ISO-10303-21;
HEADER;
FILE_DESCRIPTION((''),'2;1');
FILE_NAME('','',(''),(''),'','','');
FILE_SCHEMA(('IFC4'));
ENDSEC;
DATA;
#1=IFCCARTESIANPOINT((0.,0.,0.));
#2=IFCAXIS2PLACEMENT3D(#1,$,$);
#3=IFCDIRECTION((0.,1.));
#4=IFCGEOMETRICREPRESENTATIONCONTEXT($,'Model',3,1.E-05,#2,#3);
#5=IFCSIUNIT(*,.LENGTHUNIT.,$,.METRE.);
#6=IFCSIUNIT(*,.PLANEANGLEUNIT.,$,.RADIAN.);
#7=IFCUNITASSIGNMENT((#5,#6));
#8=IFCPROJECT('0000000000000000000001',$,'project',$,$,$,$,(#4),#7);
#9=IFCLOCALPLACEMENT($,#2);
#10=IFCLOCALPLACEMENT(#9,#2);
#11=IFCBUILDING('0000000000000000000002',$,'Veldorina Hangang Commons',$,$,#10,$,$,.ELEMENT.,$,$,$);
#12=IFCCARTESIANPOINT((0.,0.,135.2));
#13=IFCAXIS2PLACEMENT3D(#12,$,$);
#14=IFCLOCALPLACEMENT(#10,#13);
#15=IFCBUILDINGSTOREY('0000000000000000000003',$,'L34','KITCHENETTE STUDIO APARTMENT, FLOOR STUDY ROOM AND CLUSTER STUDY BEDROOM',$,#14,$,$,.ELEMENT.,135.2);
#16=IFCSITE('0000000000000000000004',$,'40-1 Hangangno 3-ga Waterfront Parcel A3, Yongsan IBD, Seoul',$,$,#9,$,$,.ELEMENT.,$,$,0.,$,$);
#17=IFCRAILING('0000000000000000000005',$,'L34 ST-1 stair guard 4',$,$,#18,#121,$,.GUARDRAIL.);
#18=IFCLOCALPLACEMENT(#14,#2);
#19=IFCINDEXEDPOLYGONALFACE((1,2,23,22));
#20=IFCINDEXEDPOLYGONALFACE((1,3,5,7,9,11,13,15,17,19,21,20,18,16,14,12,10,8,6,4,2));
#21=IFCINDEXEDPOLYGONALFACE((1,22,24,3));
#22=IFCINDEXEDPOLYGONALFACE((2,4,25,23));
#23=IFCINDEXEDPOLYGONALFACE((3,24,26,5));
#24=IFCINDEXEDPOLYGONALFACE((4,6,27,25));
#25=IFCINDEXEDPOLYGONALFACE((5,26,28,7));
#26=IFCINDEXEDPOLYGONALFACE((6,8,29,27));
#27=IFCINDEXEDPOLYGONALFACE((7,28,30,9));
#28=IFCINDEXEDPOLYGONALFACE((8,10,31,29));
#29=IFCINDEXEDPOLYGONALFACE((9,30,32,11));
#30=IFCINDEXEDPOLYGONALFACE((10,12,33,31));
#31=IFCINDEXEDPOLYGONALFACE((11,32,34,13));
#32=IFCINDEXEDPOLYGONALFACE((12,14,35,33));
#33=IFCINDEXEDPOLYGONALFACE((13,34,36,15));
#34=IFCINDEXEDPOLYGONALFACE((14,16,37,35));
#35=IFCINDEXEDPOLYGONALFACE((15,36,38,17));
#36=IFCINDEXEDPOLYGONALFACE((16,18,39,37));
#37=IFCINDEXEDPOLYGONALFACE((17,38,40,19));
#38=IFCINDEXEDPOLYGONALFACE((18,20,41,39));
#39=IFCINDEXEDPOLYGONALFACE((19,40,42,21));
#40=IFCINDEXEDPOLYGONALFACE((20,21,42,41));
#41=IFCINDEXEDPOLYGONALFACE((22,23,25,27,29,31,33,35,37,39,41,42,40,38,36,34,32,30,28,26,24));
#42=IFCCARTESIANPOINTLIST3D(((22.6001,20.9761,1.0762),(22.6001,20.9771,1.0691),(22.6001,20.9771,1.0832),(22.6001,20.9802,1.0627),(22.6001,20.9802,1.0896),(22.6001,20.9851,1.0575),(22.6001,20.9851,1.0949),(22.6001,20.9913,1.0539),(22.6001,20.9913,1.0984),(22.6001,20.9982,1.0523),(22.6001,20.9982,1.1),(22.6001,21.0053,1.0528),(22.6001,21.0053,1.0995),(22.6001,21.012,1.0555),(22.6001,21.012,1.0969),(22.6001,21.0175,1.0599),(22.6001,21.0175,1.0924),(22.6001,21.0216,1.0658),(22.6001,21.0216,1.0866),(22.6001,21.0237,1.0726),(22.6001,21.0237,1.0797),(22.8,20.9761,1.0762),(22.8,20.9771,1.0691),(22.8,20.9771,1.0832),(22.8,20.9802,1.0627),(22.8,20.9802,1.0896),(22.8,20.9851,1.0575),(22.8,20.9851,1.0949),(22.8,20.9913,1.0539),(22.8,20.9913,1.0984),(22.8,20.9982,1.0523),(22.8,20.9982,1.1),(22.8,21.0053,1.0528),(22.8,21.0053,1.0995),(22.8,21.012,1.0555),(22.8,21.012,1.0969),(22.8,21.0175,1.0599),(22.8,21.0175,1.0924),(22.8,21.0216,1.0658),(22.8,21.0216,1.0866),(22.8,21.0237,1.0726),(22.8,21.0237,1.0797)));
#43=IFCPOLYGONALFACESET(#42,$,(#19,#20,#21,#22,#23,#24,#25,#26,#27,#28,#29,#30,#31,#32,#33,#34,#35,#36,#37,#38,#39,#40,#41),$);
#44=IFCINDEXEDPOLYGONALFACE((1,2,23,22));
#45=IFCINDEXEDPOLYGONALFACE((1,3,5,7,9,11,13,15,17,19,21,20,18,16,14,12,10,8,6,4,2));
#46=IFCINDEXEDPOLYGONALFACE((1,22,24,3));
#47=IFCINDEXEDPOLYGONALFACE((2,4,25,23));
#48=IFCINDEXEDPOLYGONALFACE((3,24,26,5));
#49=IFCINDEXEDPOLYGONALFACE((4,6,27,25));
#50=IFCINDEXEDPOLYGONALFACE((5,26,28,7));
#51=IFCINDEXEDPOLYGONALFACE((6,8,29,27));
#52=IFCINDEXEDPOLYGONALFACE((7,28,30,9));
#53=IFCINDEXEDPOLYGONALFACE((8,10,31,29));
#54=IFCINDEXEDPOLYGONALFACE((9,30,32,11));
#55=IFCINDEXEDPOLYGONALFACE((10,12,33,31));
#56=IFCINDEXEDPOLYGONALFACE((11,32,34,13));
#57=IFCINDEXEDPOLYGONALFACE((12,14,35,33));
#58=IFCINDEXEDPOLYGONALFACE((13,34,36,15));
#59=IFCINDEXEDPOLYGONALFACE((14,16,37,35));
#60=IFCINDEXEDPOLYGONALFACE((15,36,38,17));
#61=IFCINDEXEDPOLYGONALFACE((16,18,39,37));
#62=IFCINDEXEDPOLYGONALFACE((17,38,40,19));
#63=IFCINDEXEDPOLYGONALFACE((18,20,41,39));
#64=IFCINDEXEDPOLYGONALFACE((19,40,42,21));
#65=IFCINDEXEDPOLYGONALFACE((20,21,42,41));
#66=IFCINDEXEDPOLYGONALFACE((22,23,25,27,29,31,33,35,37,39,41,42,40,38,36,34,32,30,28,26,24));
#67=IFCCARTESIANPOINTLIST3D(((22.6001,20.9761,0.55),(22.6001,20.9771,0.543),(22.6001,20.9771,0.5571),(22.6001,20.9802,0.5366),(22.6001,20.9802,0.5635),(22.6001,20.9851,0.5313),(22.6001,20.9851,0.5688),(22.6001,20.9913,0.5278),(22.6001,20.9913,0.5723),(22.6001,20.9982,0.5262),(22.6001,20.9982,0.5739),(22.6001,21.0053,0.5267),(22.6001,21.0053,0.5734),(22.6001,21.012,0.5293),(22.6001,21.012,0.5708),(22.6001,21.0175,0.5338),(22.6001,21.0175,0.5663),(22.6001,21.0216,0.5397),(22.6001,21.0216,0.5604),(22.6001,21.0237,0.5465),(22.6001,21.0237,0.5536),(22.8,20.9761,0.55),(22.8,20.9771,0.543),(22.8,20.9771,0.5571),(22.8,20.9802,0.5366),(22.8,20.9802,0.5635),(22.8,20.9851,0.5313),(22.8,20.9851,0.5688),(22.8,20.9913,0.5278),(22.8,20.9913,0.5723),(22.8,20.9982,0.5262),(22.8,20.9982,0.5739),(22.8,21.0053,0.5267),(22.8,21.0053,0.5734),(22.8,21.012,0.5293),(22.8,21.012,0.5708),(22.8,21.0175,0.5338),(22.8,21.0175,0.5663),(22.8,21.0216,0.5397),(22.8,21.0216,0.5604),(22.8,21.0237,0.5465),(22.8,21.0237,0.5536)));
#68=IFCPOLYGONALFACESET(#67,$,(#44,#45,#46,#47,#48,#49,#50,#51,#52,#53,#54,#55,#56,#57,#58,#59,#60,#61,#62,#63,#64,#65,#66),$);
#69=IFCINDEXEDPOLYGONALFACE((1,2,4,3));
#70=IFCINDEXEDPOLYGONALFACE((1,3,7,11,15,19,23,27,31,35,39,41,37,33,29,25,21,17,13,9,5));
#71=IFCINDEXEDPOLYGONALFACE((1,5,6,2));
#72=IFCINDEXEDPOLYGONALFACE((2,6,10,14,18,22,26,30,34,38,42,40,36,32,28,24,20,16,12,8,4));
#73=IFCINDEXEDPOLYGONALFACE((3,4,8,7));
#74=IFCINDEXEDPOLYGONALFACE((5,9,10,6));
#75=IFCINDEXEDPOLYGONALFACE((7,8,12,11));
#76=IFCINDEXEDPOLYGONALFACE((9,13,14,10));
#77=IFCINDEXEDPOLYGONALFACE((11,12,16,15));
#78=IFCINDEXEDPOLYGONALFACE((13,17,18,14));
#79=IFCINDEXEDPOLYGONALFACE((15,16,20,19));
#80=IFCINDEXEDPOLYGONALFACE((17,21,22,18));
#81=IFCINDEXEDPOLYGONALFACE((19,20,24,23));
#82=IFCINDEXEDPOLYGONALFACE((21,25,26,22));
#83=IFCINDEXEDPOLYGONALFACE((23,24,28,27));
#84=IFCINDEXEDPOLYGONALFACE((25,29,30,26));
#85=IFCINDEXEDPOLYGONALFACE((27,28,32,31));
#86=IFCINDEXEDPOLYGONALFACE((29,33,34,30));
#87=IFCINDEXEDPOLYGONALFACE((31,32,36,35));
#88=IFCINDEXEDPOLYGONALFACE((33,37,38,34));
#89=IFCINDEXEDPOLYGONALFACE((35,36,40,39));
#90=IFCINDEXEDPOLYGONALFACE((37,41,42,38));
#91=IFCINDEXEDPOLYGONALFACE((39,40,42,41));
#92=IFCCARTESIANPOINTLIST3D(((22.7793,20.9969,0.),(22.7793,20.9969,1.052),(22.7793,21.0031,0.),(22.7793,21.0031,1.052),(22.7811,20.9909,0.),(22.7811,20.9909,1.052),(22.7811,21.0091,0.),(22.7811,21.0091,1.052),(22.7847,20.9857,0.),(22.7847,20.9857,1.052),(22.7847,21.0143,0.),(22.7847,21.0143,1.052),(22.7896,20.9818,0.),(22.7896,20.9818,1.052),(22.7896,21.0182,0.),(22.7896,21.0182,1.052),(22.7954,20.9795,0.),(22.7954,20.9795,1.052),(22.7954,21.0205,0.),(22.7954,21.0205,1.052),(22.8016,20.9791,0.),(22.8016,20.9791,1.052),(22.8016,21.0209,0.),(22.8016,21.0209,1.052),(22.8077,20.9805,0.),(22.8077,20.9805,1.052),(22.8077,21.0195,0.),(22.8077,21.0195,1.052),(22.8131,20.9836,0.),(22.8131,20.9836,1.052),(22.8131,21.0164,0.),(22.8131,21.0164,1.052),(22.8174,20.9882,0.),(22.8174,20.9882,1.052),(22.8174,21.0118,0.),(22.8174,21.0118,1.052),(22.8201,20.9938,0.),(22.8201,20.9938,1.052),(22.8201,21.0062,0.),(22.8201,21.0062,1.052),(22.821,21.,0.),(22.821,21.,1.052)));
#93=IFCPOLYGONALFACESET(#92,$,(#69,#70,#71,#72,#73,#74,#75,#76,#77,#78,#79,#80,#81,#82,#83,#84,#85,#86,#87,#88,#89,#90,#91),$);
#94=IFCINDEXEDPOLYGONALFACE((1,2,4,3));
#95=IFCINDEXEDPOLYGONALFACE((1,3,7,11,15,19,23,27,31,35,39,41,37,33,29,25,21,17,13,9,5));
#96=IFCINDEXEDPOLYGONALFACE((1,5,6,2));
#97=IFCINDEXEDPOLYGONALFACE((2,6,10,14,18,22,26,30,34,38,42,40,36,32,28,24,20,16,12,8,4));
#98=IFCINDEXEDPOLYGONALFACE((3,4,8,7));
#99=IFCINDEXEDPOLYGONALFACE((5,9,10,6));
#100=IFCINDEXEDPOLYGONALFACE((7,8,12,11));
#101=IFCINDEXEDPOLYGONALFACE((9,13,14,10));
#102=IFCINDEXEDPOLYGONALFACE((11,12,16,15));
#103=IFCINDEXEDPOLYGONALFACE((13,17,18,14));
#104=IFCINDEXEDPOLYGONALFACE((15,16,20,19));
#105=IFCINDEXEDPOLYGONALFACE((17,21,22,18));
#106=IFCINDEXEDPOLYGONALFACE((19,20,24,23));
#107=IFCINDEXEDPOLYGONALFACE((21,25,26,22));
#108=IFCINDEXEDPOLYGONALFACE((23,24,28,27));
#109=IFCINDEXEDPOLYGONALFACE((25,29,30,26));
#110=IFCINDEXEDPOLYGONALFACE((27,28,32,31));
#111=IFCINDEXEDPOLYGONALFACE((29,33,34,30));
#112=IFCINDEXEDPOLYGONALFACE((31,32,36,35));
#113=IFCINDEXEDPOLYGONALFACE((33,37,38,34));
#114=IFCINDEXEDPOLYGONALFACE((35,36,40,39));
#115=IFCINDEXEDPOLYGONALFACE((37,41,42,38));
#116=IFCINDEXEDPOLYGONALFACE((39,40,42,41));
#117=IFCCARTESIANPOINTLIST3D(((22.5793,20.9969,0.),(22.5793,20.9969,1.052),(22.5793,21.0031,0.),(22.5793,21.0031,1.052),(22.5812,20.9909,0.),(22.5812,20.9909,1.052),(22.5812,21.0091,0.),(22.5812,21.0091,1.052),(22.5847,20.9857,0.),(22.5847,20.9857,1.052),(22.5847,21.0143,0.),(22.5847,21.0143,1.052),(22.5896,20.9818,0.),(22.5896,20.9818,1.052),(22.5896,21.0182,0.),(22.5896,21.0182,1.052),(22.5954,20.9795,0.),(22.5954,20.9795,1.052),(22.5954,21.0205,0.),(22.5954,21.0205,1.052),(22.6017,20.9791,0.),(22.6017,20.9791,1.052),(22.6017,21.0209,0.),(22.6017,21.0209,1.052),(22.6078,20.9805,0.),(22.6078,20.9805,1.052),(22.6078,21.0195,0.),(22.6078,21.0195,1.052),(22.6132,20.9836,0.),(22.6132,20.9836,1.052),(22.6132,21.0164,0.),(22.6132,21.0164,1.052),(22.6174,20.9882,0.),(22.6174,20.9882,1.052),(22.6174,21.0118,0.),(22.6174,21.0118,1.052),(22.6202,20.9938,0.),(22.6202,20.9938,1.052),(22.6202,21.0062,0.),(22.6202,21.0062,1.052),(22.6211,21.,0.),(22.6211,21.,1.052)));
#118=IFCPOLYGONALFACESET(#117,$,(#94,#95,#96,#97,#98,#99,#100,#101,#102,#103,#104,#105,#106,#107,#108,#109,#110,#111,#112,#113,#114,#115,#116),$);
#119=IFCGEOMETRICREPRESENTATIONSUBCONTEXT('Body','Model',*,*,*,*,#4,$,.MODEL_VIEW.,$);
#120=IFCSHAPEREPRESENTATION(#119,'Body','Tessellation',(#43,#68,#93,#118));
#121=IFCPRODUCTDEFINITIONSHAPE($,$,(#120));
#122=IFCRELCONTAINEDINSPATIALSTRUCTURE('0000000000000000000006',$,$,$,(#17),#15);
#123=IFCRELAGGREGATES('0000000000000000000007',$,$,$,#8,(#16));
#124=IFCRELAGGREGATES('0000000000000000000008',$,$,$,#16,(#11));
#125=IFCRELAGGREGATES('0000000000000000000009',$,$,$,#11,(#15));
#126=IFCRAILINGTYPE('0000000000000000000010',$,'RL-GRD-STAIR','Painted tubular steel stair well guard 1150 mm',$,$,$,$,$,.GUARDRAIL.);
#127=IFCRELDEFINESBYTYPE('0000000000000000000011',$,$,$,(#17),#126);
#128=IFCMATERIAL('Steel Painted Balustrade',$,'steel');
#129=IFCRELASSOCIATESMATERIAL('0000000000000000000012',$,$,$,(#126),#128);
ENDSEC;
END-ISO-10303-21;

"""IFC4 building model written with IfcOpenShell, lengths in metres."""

from ifc_helpers import new_model, si_unit, direction, frame, origin, origin_2d, place, context, subcontext, project, spatial, circle, extrude, material, type_object, element, save


model = new_model("IFC4")

# Units and contexts
model_context = context("Model", 3, precision=1e-05, world=origin(), true_north=direction((0.0, 1.0)))
body_context = subcontext(model_context, "Body", "Model", "MODEL_VIEW")
ifc_project = project(units=[si_unit("LENGTHUNIT", "METRE"), si_unit("PLANEANGLEUNIT", "RADIAN")], contexts=[model_context])

# Site, building, storey
site_placement = place(None, origin())
site = spatial("IfcSite", under=ifc_project, at=site_placement, Name="40-1 Hangangno 3-ga Waterfront Parcel A3, Yongsan IBD, Seoul", CompositionType="ELEMENT", RefElevation=0.0)
building_placement = place(site_placement, origin())
building = spatial("IfcBuilding", under=site, at=building_placement, Name="Veldorina Hangang Commons", CompositionType="ELEMENT")
storey_placement = place(building_placement, frame((0.0, 0.0, 135.2)))
storey = spatial("IfcBuildingStorey", under=building, at=storey_placement, Name="L34", Description="KITCHENETTE STUDIO APARTMENT, FLOOR STUDY ROOM AND CLUSTER STUDY BEDROOM", CompositionType="ELEMENT", Elevation=135.2)

# Railing
ifc_material_1 = material(Name="Steel Painted Balustrade", Category="steel")
railing_type_1 = type_object("IfcRailingType", Name="RL-GRD-STAIR", Description="Painted tubular steel stair well guard 1150 mm", PredefinedType="GUARDRAIL", material=ifc_material_1)
railing_1_placement = place(storey_placement, frame((22.8, 21.0, 0.0)))
element("IfcRailing", 1, at=railing_1_placement, inside=storey, type_object=railing_type_1, Name="L34 ST-1 stair guard 4", PredefinedType="GUARDRAIL", context=body_context, shape_type="SweptSolid", body=[
    extrude(circle(Radius=0.0239, at=origin_2d()), frame((0.0, 0.0, 1.0762), z_axis=(-1.0, 0.0, 0.0), x_axis=(0.0, -1.0, 0.0)), (0.0, 0.0, 1.0), 0.2),
    extrude(circle(Radius=0.0239, at=origin_2d()), frame((0.0, 0.0, 0.55), z_axis=(-1.0, 0.0, 0.0), x_axis=(0.0, -1.0, 0.0)), (0.0, 0.0, 1.0), 0.2),
    extrude(circle(Radius=0.021, at=origin_2d()), origin(), (0.0, 0.0, 1.0), 1.052),
    extrude(circle(Radius=0.021, at=origin_2d()), frame((-0.2, 0.0, 0.0)), (0.0, 0.0, 1.0), 1.052),
])

save(model, "model.ifc")
